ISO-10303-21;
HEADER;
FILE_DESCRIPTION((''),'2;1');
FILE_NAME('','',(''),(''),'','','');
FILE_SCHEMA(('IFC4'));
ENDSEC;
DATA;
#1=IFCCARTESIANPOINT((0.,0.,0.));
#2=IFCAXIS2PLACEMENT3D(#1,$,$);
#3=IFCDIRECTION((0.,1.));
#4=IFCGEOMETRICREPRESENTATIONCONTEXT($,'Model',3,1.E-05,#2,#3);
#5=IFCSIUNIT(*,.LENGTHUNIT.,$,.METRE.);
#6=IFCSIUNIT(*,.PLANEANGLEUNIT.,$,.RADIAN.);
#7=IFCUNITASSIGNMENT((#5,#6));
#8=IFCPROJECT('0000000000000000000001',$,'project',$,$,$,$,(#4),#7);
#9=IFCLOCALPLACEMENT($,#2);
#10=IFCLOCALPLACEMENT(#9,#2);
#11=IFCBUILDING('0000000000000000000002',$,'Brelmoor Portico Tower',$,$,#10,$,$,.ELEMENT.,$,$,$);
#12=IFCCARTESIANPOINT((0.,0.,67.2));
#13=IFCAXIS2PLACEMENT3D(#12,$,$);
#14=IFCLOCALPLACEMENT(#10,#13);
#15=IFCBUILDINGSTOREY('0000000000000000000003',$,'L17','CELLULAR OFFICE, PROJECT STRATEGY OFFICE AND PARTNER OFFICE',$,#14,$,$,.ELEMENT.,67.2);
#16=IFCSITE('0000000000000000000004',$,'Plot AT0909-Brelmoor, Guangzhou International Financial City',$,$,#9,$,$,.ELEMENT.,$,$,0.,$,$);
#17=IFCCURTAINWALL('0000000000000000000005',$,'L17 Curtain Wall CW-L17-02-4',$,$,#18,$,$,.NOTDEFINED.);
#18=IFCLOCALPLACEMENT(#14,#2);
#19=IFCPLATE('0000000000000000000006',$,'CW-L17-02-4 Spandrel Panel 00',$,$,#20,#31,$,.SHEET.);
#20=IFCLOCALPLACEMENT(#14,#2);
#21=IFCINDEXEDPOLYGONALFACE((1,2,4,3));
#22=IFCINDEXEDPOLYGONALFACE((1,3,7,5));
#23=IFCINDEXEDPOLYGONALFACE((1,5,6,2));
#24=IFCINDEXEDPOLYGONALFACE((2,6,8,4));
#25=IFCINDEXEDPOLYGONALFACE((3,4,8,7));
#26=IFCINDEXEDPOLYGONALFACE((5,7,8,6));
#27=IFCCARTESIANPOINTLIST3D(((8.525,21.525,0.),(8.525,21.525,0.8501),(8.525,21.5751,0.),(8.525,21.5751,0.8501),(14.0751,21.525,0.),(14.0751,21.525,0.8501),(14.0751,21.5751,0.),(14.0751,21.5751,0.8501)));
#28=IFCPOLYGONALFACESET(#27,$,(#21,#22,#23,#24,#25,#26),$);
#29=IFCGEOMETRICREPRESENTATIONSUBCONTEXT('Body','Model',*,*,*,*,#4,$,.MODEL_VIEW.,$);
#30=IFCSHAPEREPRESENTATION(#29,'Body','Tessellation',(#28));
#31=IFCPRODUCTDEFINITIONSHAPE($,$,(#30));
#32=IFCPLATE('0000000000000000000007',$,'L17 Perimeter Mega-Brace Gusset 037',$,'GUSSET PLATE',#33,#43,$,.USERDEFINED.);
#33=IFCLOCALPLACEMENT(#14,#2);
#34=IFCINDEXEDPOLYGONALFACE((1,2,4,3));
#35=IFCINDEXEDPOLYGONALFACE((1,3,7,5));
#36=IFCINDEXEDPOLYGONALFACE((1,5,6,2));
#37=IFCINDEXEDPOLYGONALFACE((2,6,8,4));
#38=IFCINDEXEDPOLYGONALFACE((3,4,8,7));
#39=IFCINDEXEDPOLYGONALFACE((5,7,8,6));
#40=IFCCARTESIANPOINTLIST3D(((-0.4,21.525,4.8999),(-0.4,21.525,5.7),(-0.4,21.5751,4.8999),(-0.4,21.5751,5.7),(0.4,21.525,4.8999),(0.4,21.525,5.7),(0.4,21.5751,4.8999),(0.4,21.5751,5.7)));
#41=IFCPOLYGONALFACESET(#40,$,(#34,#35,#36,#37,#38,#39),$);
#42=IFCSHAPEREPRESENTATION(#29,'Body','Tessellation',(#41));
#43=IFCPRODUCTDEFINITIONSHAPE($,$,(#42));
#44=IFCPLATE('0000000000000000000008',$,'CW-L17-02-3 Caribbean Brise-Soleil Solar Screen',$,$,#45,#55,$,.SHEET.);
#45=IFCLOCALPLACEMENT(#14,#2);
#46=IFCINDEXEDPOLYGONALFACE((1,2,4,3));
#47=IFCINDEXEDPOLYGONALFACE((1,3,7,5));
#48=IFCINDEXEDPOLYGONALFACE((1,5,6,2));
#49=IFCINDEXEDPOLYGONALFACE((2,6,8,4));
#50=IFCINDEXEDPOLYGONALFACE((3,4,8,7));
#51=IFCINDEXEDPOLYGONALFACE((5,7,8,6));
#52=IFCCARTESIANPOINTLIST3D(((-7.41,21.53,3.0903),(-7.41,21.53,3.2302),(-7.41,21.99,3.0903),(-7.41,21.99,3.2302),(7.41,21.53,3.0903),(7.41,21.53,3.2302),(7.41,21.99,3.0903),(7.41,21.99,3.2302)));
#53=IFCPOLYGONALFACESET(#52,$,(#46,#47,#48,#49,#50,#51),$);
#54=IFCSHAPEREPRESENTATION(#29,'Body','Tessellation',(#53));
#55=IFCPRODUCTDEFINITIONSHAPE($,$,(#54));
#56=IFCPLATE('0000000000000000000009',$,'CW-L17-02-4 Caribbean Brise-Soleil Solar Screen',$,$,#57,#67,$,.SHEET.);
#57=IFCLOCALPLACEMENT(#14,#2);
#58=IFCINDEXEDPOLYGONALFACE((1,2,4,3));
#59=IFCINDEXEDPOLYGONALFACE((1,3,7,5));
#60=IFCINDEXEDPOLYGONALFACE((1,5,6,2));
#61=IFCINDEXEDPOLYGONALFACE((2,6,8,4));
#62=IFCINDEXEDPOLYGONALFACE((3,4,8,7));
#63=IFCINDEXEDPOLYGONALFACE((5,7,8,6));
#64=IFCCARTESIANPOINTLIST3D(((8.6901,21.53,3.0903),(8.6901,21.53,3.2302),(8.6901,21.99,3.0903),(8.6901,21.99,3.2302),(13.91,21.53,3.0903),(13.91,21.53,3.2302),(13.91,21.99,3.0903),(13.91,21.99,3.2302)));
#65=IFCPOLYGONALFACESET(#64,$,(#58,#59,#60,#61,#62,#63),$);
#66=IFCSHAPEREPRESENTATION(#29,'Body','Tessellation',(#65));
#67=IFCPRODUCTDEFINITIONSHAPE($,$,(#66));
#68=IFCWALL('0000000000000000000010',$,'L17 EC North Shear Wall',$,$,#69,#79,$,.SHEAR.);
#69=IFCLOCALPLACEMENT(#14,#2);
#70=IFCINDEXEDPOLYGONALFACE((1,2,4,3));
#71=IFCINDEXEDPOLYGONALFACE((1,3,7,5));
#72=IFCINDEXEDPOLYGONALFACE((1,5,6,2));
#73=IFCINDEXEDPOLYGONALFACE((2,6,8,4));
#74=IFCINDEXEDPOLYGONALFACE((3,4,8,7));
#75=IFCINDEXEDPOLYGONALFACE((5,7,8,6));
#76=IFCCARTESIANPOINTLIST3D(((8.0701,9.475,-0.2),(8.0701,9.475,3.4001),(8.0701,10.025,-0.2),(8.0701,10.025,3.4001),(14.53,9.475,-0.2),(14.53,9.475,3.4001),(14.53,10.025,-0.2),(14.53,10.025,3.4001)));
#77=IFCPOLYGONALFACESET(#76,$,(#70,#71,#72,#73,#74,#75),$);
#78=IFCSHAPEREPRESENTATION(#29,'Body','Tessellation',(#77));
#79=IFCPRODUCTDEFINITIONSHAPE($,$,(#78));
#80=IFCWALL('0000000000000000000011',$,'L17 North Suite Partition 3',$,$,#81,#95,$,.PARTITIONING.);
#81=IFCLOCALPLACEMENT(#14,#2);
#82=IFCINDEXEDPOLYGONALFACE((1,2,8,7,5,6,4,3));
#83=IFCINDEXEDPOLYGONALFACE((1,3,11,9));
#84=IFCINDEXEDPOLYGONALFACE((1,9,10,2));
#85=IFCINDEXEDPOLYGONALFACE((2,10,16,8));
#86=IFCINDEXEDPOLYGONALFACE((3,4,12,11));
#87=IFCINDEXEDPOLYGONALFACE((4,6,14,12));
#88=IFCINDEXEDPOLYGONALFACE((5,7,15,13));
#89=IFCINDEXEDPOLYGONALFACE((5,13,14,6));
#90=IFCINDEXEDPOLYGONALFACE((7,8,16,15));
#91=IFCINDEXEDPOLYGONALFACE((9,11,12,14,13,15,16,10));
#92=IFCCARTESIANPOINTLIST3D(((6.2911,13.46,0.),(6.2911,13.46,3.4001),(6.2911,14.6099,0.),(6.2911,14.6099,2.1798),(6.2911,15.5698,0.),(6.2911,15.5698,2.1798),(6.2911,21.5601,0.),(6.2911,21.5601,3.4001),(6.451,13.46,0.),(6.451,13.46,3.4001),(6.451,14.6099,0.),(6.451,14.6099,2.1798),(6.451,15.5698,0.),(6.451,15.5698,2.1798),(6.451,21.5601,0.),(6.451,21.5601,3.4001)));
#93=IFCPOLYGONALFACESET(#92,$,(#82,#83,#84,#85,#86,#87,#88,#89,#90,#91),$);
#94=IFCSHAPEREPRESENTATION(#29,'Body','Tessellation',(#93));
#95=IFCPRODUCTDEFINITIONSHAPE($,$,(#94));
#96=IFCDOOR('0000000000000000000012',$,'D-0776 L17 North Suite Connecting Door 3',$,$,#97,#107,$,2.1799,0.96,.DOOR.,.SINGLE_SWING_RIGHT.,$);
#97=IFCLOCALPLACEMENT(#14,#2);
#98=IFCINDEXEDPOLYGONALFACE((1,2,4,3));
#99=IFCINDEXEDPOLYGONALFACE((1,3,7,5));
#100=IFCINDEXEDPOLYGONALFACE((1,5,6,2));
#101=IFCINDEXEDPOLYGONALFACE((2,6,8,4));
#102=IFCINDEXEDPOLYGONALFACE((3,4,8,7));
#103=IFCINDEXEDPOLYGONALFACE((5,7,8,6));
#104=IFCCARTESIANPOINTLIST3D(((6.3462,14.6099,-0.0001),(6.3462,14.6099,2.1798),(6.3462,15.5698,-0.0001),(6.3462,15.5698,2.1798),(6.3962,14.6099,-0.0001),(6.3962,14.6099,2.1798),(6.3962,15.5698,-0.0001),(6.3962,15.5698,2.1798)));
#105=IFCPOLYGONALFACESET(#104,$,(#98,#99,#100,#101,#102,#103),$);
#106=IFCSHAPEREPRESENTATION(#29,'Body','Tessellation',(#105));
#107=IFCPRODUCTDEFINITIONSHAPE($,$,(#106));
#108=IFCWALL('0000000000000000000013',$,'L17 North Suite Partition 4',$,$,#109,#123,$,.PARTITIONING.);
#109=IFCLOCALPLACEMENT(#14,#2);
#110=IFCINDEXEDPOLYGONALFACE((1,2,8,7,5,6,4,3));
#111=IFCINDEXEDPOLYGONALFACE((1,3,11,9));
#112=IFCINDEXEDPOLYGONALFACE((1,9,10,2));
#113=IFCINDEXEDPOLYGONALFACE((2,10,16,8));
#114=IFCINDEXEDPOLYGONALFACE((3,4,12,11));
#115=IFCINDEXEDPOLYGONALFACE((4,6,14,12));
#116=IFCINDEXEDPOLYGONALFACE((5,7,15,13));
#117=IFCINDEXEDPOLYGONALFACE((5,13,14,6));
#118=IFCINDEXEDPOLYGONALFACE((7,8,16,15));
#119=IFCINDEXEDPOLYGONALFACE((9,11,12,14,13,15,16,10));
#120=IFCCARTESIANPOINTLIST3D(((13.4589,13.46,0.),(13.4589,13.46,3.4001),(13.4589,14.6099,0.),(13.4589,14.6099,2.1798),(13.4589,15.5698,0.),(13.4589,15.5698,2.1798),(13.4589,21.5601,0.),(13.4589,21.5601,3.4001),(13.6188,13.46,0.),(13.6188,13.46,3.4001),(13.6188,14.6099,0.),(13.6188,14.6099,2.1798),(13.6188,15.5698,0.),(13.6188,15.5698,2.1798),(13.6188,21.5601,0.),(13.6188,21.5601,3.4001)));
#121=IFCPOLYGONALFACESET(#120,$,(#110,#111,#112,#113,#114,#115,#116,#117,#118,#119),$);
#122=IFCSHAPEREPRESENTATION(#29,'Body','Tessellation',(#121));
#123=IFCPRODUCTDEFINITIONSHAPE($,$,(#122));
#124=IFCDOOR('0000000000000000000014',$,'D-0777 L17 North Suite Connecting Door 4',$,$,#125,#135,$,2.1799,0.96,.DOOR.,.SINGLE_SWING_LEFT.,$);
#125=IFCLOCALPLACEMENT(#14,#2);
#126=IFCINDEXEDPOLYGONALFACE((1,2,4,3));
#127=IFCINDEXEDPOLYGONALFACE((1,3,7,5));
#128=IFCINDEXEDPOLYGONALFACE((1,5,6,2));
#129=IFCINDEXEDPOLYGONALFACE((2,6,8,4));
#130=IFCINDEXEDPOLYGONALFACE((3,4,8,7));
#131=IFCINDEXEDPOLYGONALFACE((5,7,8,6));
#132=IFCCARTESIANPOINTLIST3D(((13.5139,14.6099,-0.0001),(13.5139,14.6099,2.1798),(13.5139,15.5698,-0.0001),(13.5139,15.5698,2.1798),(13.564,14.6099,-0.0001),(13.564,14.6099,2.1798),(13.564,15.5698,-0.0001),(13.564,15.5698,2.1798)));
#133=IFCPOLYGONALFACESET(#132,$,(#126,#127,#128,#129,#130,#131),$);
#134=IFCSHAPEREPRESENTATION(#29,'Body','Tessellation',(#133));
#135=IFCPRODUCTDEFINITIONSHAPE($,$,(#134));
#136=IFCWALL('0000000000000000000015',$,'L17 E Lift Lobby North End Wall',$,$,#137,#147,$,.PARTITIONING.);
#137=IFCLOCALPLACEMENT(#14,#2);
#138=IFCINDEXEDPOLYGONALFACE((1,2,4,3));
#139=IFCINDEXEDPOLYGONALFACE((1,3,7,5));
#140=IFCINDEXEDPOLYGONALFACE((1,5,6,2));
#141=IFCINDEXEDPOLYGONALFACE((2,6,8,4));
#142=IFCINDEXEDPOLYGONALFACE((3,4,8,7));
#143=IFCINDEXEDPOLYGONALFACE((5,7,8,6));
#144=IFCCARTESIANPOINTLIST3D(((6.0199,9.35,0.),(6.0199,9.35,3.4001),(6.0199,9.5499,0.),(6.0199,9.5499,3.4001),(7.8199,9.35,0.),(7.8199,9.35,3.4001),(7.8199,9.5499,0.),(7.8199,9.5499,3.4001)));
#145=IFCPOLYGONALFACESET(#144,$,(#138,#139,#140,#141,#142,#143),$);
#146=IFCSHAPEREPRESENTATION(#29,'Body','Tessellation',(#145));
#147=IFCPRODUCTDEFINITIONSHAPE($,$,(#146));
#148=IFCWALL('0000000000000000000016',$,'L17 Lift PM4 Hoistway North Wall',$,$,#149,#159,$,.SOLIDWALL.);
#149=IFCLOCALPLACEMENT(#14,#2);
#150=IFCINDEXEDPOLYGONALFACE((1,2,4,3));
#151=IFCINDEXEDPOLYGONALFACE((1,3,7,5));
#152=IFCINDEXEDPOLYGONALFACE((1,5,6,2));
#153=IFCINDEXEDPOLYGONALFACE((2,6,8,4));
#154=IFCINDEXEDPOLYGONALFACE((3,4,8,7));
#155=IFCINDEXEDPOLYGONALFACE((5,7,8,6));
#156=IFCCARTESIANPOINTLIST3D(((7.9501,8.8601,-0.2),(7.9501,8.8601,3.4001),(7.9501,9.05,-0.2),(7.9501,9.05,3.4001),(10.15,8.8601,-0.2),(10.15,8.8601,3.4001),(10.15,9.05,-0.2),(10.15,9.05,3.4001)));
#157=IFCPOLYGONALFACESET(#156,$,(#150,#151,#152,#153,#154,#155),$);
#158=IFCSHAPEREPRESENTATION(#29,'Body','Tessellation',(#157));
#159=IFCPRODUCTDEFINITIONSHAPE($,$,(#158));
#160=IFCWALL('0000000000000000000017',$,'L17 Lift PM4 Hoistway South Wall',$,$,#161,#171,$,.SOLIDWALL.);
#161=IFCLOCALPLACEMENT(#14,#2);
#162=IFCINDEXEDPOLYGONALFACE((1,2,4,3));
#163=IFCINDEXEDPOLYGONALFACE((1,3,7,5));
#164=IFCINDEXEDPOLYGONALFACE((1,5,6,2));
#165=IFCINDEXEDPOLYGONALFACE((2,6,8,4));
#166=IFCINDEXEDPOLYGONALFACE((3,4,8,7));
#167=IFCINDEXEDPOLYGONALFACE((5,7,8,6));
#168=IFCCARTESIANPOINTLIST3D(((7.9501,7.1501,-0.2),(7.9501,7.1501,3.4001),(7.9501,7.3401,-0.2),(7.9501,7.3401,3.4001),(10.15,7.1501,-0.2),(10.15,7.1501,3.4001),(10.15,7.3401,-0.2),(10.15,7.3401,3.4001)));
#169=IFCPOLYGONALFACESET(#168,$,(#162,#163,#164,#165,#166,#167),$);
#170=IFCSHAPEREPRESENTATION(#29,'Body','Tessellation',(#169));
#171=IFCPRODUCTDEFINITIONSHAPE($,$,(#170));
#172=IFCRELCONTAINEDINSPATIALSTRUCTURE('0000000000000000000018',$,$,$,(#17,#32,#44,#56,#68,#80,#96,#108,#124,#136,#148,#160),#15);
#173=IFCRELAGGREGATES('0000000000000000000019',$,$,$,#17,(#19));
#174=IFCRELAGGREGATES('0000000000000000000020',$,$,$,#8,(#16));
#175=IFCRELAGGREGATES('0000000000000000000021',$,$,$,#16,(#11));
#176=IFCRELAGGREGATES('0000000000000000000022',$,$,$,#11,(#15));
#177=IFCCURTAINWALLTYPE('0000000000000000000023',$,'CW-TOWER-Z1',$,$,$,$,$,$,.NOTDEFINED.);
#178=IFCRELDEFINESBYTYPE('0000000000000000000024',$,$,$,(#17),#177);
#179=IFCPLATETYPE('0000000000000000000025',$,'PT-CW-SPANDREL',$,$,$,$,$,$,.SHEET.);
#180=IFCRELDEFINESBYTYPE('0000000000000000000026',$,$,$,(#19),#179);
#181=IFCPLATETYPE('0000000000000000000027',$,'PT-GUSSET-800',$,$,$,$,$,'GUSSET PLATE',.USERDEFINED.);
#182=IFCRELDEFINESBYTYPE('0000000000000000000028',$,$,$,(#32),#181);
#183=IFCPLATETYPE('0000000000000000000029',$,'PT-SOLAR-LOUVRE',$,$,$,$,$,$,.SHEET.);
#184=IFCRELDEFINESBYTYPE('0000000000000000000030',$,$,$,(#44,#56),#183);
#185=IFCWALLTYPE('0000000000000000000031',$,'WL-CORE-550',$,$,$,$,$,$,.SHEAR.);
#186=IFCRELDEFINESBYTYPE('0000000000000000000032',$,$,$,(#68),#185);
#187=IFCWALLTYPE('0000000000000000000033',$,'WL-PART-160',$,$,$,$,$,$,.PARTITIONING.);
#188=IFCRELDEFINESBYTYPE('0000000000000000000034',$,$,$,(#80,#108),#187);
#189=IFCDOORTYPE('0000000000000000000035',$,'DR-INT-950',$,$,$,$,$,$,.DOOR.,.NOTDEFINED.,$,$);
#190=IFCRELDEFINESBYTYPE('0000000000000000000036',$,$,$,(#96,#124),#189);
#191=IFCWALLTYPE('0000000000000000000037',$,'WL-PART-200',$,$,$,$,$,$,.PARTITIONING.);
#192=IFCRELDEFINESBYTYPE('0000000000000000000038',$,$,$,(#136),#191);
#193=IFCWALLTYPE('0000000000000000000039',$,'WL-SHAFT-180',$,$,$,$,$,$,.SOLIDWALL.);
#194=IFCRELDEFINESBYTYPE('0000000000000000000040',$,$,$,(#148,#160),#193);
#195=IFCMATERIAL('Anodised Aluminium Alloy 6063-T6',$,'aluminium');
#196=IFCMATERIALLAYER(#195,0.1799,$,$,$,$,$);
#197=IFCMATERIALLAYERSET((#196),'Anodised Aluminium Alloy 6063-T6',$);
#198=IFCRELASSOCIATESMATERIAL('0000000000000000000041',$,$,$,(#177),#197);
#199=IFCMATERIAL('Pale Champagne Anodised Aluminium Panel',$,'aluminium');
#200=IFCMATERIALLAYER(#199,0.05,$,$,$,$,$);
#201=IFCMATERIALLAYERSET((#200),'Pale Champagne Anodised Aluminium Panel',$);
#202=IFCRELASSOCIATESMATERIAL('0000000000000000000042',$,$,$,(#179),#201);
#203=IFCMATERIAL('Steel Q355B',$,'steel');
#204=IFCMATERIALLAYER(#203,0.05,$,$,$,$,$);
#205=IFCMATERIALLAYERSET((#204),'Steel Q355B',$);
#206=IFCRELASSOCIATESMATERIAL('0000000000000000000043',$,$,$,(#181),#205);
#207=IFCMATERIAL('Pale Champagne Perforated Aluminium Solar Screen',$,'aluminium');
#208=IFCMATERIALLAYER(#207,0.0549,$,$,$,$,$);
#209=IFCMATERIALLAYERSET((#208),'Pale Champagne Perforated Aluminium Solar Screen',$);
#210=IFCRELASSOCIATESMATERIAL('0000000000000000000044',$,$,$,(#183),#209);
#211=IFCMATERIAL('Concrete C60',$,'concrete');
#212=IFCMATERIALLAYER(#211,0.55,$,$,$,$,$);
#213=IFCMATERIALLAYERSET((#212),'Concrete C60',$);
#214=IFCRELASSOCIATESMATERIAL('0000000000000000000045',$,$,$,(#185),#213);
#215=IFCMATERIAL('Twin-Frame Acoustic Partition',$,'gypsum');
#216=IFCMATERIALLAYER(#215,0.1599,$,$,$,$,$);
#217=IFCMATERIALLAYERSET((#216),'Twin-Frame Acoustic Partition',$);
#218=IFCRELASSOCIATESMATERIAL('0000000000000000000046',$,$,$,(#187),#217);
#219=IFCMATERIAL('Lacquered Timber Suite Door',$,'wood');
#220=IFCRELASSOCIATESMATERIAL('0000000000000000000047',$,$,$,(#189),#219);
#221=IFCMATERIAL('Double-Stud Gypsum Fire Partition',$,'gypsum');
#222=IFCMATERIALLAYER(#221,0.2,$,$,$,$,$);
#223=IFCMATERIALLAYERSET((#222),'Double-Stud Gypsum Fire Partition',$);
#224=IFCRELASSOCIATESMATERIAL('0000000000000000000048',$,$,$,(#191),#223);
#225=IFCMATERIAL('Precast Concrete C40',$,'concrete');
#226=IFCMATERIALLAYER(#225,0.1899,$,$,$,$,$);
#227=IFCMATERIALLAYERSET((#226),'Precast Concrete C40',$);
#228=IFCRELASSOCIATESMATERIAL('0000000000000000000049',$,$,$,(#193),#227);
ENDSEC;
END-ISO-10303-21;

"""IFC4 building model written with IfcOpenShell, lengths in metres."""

from ifc_helpers import new_model, si_unit, direction, frame, frame_2d, origin, origin_2d, place, context, subcontext, project, spatial, rectangle, extrude, material, layer, layer_set, type_object, element, fill, aggregate, save


model = new_model("IFC4")

# Units and contexts
model_context = context("Model", 3, precision=1e-05, world=origin(), true_north=direction((0.0, 1.0)))
body_context = subcontext(model_context, "Body", "Model", "MODEL_VIEW")
ifc_project = project(units=[si_unit("LENGTHUNIT", "METRE"), si_unit("PLANEANGLEUNIT", "RADIAN")], contexts=[model_context])

# Site, building, storey
site_placement = place(None, origin())
site = spatial("IfcSite", under=ifc_project, at=site_placement, Name="Plot AT0909-Brelmoor, Guangzhou International Financial City", CompositionType="ELEMENT", RefElevation=0.0)
building_placement = place(site_placement, origin())
building = spatial("IfcBuilding", under=site, at=building_placement, Name="Brelmoor Portico Tower", CompositionType="ELEMENT")
storey_placement = place(building_placement, frame((0.0, 0.0, 67.2)))
storey = spatial("IfcBuildingStorey", under=building, at=storey_placement, Name="L17", Description="CELLULAR OFFICE, PROJECT STRATEGY OFFICE AND PARTNER OFFICE", CompositionType="ELEMENT", Elevation=67.2)

# Shared definitions
ifc_material_1 = material(Name="Steel Q355B", Category="steel")

# Shared definitions
ifc_material_2 = material(Name="Anodised Aluminium Alloy 6063-T6", Category="aluminium")

# Curtain wall
ifc_layer_1 = layer(ifc_material_2, 0.1799)
ifc_layer_set_1 = layer_set([ifc_layer_1], Name="Anodised Aluminium Alloy 6063-T6")
curtain_wall_type_1 = type_object("IfcCurtainWallType", Name="CW-TOWER-Z1", PredefinedType="NOTDEFINED", material=ifc_layer_set_1)
curtain_wall_1_placement = place(storey_placement, origin())
curtain_wall_1 = element("IfcCurtainWall", 1, at=curtain_wall_1_placement, inside=storey, type_object=curtain_wall_type_1, Name="L17 Curtain Wall CW-L17-02-4", PredefinedType="NOTDEFINED")

# Plate
ifc_material_3 = material(Name="Pale Champagne Anodised Aluminium Panel", Category="aluminium")
ifc_layer_2 = layer(ifc_material_3, 0.05)
ifc_layer_set_2 = layer_set([ifc_layer_2], Name="Pale Champagne Anodised Aluminium Panel")
plate_type_1 = type_object("IfcPlateType", Name="PT-CW-SPANDREL", PredefinedType="SHEET", material=ifc_layer_set_2)
plate_1_placement = place(storey_placement, frame((11.3, 21.55, 0.0), z_axis=(0.0, 0.0, 1.0), x_axis=(1.0, 0.0, 0.0)))
plate_1 = element("IfcPlate", 2, at=plate_1_placement, type_object=plate_type_1, Name="CW-L17-02-4 Spandrel Panel 00", PredefinedType="SHEET", context=body_context, shape_type="SweptSolid", body=[
    extrude(rectangle(XDim=5.55, YDim=0.05, at=origin_2d()), origin(), (0.0, 0.0, 1.0), 0.8501),
])
aggregate(curtain_wall_1, [plate_1])

# Plates
ifc_layer_3 = layer(ifc_material_1, 0.05)
ifc_layer_set_3 = layer_set([ifc_layer_3], Name="Steel Q355B")
plate_type_2 = type_object("IfcPlateType", Name="PT-GUSSET-800", ElementType="GUSSET PLATE", PredefinedType="USERDEFINED", material=ifc_layer_set_3)
plate_2_placement = place(storey_placement, frame((0.0, 21.55, 4.8999), z_axis=(0.0, 0.0, 1.0), x_axis=(1.0, 0.0, 0.0)))
element("IfcPlate", 3, at=plate_2_placement, inside=storey, type_object=plate_type_2, Name="L17 Perimeter Mega-Brace Gusset 037", ObjectType="GUSSET PLATE", PredefinedType="USERDEFINED", context=body_context, shape_type="SweptSolid", body=[
    extrude(rectangle(XDim=0.8, YDim=0.05, at=origin_2d()), origin(), (0.0, 0.0, 1.0), 0.8),
])
ifc_material_4 = material(Name="Pale Champagne Perforated Aluminium Solar Screen", Category="aluminium")
ifc_layer_4 = layer(ifc_material_4, 0.0549)
ifc_layer_set_4 = layer_set([ifc_layer_4], Name="Pale Champagne Perforated Aluminium Solar Screen")
plate_type_3 = type_object("IfcPlateType", Name="PT-SOLAR-LOUVRE", PredefinedType="SHEET", material=ifc_layer_set_4)
plate_3_placement = place(storey_placement, frame((0.0, 21.76, 3.0903), z_axis=(0.0, 0.0, 1.0), x_axis=(1.0, 0.0, 0.0)))
element("IfcPlate", 4, at=plate_3_placement, inside=storey, type_object=plate_type_3, Name="CW-L17-02-3 Caribbean Brise-Soleil Solar Screen", PredefinedType="SHEET", context=body_context, shape_type="SweptSolid", body=[
    extrude(rectangle(XDim=14.8201, YDim=0.46, at=origin_2d()), origin(), (0.0, 0.0, 1.0), 0.1399),
])
plate_4_placement = place(storey_placement, frame((11.3, 21.76, 3.0903), z_axis=(0.0, 0.0, 1.0), x_axis=(1.0, 0.0, 0.0)))
element("IfcPlate", 5, at=plate_4_placement, inside=storey, type_object=plate_type_3, Name="CW-L17-02-4 Caribbean Brise-Soleil Solar Screen", PredefinedType="SHEET", context=body_context, shape_type="SweptSolid", body=[
    extrude(rectangle(XDim=5.22, YDim=0.46, at=origin_2d()), origin(), (0.0, 0.0, 1.0), 0.1399),
])

# Wall
ifc_material_5 = material(Name="Concrete C60", Category="concrete")
ifc_layer_5 = layer(ifc_material_5, 0.55)
ifc_layer_set_5 = layer_set([ifc_layer_5], Name="Concrete C60")
wall_type_1 = type_object("IfcWallType", Name="WL-CORE-550", PredefinedType="SHEAR", material=ifc_layer_set_5)
wall_1_placement = place(storey_placement, frame((8.0701, 9.75, -0.2), z_axis=(0.0, 0.0, 1.0), x_axis=(1.0, 0.0, 0.0)))
element("IfcWall", 6, at=wall_1_placement, inside=storey, type_object=wall_type_1, Name="L17 EC North Shear Wall", PredefinedType="SHEAR", context=body_context, shape_type="SweptSolid", body=[
    extrude(rectangle(XDim=6.46, YDim=0.55, at=frame_2d((3.23, 0.0))), origin(), (0.0, 0.0, 1.0), 3.6001),
])

# Walls, openings, doors
ifc_material_6 = material(Name="Twin-Frame Acoustic Partition", Category="gypsum")
ifc_layer_6 = layer(ifc_material_6, 0.1599)
ifc_layer_set_6 = layer_set([ifc_layer_6], Name="Twin-Frame Acoustic Partition")
wall_type_2 = type_object("IfcWallType", Name="WL-PART-160", PredefinedType="PARTITIONING", material=ifc_layer_set_6)
wall_2_placement = place(storey_placement, frame((6.3711, 13.46, 0.0), z_axis=(0.0, 0.0, 1.0), x_axis=(0.0, 1.0, 0.0)))
wall_2 = element("IfcWall", 7, at=wall_2_placement, inside=storey, type_object=wall_type_2, Name="L17 North Suite Partition 3", PredefinedType="PARTITIONING", context=body_context, shape_type="SweptSolid", body=[
    extrude(rectangle(XDim=8.1001, YDim=0.1599, at=frame_2d((4.05, 0.0))), origin(), (0.0, 0.0, 1.0), 3.4001),
])
opening_1_placement = place(wall_2_placement, frame((1.1499, 0.0, 0.0)))
opening_1 = element("IfcOpeningElement", 8, at=opening_1_placement, cuts=wall_2, PredefinedType="OPENING", context=body_context, shape_type="SweptSolid", body=[
    extrude(rectangle(XDim=0.96, YDim=2.1799, at=frame_2d((0.48, 1.0898))), frame((0.0, 0.0898, 0.0), z_axis=(0.0, -1.0, 0.0), x_axis=(1.0, 0.0, 0.0)), (0.0, 0.0, 1.0), 0.1799),
])
ifc_material_7 = material(Name="Lacquered Timber Suite Door", Category="wood")
door_type = type_object("IfcDoorType", Name="DR-INT-950", OperationType="NOTDEFINED", PredefinedType="DOOR", material=ifc_material_7)
door_1_placement = place(opening_1_placement, origin())
door_1 = element("IfcDoor", 9, at=door_1_placement, inside=storey, type_object=door_type, Name="D-0776 L17 North Suite Connecting Door 3", OperationType="SINGLE_SWING_RIGHT", OverallHeight=2.1799, OverallWidth=0.96, PredefinedType="DOOR", context=body_context, shape_type="SweptSolid", body=[
    extrude(rectangle(XDim=0.96, YDim=2.1799, at=frame_2d((0.48, 1.0898))), frame((0.0, 0.0249, 0.0), z_axis=(0.0, -1.0, 0.0), x_axis=(1.0, 0.0, 0.0)), (0.0, 0.0, 1.0), 0.05),
])
fill(opening_1, door_1)
wall_3_placement = place(storey_placement, frame((13.5388, 13.46, 0.0), z_axis=(0.0, 0.0, 1.0), x_axis=(0.0, 1.0, 0.0)))
wall_3 = element("IfcWall", 10, at=wall_3_placement, inside=storey, type_object=wall_type_2, Name="L17 North Suite Partition 4", PredefinedType="PARTITIONING", context=body_context, shape_type="SweptSolid", body=[
    extrude(rectangle(XDim=8.1001, YDim=0.1599, at=frame_2d((4.05, 0.0))), origin(), (0.0, 0.0, 1.0), 3.4001),
])
opening_2_placement = place(wall_3_placement, frame((1.1499, 0.0, 0.0)))
opening_2 = element("IfcOpeningElement", 11, at=opening_2_placement, cuts=wall_3, PredefinedType="OPENING", context=body_context, shape_type="SweptSolid", body=[
    extrude(rectangle(XDim=0.96, YDim=2.1799, at=frame_2d((0.48, 1.0898))), frame((0.0, 0.0898, 0.0), z_axis=(0.0, -1.0, 0.0), x_axis=(1.0, 0.0, 0.0)), (0.0, 0.0, 1.0), 0.1799),
])
door_2_placement = place(opening_2_placement, origin())
door_2 = element("IfcDoor", 12, at=door_2_placement, inside=storey, type_object=door_type, Name="D-0777 L17 North Suite Connecting Door 4", OperationType="SINGLE_SWING_LEFT", OverallHeight=2.1799, OverallWidth=0.96, PredefinedType="DOOR", context=body_context, shape_type="SweptSolid", body=[
    extrude(rectangle(XDim=0.96, YDim=2.1799, at=frame_2d((0.48, 1.0898))), frame((0.0, 0.0249, 0.0), z_axis=(0.0, -1.0, 0.0), x_axis=(1.0, 0.0, 0.0)), (0.0, 0.0, 1.0), 0.05),
])
fill(opening_2, door_2)

# Walls
ifc_material_8 = material(Name="Double-Stud Gypsum Fire Partition", Category="gypsum")
ifc_layer_7 = layer(ifc_material_8, 0.2)
ifc_layer_set_7 = layer_set([ifc_layer_7], Name="Double-Stud Gypsum Fire Partition")
wall_type_3 = type_object("IfcWallType", Name="WL-PART-200", PredefinedType="PARTITIONING", material=ifc_layer_set_7)
wall_4_placement = place(storey_placement, frame((6.02, 9.45, 0.0), z_axis=(0.0, 0.0, 1.0), x_axis=(1.0, 0.0, 0.0)))
element("IfcWall", 13, at=wall_4_placement, inside=storey, type_object=wall_type_3, Name="L17 E Lift Lobby North End Wall", PredefinedType="PARTITIONING", context=body_context, shape_type="SweptSolid", body=[
    extrude(rectangle(XDim=1.8, YDim=0.2, at=frame_2d((0.8999, 0.0))), origin(), (0.0, 0.0, 1.0), 3.4001),
])
ifc_material_9 = material(Name="Precast Concrete C40", Category="concrete")
ifc_layer_8 = layer(ifc_material_9, 0.1899)
ifc_layer_set_8 = layer_set([ifc_layer_8], Name="Precast Concrete C40")
wall_type_4 = type_object("IfcWallType", Name="WL-SHAFT-180", PredefinedType="SOLIDWALL", material=ifc_layer_set_8)
for number, where, z_axis, x_axis, name in (
    (14, (7.95, 8.9551, -0.2), (0.0, 0.0, 1.0), (1.0, 0.0, 0.0), "L17 Lift PM4 Hoistway North Wall"),
    (15, (7.95, 7.2451, -0.2), (0.0, 0.0, 1.0), (1.0, 0.0, 0.0), "L17 Lift PM4 Hoistway South Wall"),
):
    element("IfcWall", number, at=place(storey_placement, frame(where, z_axis=z_axis, x_axis=x_axis)), inside=storey, type_object=wall_type_4, Name=name, PredefinedType="SOLIDWALL", context=body_context, shape_type="SweptSolid", body=[
        extrude(rectangle(XDim=2.2, YDim=0.1899, at=frame_2d((1.1001, 0.0))), origin(), (0.0, 0.0, 1.0), 3.6001),
    ])

save(model, "model.ifc")
